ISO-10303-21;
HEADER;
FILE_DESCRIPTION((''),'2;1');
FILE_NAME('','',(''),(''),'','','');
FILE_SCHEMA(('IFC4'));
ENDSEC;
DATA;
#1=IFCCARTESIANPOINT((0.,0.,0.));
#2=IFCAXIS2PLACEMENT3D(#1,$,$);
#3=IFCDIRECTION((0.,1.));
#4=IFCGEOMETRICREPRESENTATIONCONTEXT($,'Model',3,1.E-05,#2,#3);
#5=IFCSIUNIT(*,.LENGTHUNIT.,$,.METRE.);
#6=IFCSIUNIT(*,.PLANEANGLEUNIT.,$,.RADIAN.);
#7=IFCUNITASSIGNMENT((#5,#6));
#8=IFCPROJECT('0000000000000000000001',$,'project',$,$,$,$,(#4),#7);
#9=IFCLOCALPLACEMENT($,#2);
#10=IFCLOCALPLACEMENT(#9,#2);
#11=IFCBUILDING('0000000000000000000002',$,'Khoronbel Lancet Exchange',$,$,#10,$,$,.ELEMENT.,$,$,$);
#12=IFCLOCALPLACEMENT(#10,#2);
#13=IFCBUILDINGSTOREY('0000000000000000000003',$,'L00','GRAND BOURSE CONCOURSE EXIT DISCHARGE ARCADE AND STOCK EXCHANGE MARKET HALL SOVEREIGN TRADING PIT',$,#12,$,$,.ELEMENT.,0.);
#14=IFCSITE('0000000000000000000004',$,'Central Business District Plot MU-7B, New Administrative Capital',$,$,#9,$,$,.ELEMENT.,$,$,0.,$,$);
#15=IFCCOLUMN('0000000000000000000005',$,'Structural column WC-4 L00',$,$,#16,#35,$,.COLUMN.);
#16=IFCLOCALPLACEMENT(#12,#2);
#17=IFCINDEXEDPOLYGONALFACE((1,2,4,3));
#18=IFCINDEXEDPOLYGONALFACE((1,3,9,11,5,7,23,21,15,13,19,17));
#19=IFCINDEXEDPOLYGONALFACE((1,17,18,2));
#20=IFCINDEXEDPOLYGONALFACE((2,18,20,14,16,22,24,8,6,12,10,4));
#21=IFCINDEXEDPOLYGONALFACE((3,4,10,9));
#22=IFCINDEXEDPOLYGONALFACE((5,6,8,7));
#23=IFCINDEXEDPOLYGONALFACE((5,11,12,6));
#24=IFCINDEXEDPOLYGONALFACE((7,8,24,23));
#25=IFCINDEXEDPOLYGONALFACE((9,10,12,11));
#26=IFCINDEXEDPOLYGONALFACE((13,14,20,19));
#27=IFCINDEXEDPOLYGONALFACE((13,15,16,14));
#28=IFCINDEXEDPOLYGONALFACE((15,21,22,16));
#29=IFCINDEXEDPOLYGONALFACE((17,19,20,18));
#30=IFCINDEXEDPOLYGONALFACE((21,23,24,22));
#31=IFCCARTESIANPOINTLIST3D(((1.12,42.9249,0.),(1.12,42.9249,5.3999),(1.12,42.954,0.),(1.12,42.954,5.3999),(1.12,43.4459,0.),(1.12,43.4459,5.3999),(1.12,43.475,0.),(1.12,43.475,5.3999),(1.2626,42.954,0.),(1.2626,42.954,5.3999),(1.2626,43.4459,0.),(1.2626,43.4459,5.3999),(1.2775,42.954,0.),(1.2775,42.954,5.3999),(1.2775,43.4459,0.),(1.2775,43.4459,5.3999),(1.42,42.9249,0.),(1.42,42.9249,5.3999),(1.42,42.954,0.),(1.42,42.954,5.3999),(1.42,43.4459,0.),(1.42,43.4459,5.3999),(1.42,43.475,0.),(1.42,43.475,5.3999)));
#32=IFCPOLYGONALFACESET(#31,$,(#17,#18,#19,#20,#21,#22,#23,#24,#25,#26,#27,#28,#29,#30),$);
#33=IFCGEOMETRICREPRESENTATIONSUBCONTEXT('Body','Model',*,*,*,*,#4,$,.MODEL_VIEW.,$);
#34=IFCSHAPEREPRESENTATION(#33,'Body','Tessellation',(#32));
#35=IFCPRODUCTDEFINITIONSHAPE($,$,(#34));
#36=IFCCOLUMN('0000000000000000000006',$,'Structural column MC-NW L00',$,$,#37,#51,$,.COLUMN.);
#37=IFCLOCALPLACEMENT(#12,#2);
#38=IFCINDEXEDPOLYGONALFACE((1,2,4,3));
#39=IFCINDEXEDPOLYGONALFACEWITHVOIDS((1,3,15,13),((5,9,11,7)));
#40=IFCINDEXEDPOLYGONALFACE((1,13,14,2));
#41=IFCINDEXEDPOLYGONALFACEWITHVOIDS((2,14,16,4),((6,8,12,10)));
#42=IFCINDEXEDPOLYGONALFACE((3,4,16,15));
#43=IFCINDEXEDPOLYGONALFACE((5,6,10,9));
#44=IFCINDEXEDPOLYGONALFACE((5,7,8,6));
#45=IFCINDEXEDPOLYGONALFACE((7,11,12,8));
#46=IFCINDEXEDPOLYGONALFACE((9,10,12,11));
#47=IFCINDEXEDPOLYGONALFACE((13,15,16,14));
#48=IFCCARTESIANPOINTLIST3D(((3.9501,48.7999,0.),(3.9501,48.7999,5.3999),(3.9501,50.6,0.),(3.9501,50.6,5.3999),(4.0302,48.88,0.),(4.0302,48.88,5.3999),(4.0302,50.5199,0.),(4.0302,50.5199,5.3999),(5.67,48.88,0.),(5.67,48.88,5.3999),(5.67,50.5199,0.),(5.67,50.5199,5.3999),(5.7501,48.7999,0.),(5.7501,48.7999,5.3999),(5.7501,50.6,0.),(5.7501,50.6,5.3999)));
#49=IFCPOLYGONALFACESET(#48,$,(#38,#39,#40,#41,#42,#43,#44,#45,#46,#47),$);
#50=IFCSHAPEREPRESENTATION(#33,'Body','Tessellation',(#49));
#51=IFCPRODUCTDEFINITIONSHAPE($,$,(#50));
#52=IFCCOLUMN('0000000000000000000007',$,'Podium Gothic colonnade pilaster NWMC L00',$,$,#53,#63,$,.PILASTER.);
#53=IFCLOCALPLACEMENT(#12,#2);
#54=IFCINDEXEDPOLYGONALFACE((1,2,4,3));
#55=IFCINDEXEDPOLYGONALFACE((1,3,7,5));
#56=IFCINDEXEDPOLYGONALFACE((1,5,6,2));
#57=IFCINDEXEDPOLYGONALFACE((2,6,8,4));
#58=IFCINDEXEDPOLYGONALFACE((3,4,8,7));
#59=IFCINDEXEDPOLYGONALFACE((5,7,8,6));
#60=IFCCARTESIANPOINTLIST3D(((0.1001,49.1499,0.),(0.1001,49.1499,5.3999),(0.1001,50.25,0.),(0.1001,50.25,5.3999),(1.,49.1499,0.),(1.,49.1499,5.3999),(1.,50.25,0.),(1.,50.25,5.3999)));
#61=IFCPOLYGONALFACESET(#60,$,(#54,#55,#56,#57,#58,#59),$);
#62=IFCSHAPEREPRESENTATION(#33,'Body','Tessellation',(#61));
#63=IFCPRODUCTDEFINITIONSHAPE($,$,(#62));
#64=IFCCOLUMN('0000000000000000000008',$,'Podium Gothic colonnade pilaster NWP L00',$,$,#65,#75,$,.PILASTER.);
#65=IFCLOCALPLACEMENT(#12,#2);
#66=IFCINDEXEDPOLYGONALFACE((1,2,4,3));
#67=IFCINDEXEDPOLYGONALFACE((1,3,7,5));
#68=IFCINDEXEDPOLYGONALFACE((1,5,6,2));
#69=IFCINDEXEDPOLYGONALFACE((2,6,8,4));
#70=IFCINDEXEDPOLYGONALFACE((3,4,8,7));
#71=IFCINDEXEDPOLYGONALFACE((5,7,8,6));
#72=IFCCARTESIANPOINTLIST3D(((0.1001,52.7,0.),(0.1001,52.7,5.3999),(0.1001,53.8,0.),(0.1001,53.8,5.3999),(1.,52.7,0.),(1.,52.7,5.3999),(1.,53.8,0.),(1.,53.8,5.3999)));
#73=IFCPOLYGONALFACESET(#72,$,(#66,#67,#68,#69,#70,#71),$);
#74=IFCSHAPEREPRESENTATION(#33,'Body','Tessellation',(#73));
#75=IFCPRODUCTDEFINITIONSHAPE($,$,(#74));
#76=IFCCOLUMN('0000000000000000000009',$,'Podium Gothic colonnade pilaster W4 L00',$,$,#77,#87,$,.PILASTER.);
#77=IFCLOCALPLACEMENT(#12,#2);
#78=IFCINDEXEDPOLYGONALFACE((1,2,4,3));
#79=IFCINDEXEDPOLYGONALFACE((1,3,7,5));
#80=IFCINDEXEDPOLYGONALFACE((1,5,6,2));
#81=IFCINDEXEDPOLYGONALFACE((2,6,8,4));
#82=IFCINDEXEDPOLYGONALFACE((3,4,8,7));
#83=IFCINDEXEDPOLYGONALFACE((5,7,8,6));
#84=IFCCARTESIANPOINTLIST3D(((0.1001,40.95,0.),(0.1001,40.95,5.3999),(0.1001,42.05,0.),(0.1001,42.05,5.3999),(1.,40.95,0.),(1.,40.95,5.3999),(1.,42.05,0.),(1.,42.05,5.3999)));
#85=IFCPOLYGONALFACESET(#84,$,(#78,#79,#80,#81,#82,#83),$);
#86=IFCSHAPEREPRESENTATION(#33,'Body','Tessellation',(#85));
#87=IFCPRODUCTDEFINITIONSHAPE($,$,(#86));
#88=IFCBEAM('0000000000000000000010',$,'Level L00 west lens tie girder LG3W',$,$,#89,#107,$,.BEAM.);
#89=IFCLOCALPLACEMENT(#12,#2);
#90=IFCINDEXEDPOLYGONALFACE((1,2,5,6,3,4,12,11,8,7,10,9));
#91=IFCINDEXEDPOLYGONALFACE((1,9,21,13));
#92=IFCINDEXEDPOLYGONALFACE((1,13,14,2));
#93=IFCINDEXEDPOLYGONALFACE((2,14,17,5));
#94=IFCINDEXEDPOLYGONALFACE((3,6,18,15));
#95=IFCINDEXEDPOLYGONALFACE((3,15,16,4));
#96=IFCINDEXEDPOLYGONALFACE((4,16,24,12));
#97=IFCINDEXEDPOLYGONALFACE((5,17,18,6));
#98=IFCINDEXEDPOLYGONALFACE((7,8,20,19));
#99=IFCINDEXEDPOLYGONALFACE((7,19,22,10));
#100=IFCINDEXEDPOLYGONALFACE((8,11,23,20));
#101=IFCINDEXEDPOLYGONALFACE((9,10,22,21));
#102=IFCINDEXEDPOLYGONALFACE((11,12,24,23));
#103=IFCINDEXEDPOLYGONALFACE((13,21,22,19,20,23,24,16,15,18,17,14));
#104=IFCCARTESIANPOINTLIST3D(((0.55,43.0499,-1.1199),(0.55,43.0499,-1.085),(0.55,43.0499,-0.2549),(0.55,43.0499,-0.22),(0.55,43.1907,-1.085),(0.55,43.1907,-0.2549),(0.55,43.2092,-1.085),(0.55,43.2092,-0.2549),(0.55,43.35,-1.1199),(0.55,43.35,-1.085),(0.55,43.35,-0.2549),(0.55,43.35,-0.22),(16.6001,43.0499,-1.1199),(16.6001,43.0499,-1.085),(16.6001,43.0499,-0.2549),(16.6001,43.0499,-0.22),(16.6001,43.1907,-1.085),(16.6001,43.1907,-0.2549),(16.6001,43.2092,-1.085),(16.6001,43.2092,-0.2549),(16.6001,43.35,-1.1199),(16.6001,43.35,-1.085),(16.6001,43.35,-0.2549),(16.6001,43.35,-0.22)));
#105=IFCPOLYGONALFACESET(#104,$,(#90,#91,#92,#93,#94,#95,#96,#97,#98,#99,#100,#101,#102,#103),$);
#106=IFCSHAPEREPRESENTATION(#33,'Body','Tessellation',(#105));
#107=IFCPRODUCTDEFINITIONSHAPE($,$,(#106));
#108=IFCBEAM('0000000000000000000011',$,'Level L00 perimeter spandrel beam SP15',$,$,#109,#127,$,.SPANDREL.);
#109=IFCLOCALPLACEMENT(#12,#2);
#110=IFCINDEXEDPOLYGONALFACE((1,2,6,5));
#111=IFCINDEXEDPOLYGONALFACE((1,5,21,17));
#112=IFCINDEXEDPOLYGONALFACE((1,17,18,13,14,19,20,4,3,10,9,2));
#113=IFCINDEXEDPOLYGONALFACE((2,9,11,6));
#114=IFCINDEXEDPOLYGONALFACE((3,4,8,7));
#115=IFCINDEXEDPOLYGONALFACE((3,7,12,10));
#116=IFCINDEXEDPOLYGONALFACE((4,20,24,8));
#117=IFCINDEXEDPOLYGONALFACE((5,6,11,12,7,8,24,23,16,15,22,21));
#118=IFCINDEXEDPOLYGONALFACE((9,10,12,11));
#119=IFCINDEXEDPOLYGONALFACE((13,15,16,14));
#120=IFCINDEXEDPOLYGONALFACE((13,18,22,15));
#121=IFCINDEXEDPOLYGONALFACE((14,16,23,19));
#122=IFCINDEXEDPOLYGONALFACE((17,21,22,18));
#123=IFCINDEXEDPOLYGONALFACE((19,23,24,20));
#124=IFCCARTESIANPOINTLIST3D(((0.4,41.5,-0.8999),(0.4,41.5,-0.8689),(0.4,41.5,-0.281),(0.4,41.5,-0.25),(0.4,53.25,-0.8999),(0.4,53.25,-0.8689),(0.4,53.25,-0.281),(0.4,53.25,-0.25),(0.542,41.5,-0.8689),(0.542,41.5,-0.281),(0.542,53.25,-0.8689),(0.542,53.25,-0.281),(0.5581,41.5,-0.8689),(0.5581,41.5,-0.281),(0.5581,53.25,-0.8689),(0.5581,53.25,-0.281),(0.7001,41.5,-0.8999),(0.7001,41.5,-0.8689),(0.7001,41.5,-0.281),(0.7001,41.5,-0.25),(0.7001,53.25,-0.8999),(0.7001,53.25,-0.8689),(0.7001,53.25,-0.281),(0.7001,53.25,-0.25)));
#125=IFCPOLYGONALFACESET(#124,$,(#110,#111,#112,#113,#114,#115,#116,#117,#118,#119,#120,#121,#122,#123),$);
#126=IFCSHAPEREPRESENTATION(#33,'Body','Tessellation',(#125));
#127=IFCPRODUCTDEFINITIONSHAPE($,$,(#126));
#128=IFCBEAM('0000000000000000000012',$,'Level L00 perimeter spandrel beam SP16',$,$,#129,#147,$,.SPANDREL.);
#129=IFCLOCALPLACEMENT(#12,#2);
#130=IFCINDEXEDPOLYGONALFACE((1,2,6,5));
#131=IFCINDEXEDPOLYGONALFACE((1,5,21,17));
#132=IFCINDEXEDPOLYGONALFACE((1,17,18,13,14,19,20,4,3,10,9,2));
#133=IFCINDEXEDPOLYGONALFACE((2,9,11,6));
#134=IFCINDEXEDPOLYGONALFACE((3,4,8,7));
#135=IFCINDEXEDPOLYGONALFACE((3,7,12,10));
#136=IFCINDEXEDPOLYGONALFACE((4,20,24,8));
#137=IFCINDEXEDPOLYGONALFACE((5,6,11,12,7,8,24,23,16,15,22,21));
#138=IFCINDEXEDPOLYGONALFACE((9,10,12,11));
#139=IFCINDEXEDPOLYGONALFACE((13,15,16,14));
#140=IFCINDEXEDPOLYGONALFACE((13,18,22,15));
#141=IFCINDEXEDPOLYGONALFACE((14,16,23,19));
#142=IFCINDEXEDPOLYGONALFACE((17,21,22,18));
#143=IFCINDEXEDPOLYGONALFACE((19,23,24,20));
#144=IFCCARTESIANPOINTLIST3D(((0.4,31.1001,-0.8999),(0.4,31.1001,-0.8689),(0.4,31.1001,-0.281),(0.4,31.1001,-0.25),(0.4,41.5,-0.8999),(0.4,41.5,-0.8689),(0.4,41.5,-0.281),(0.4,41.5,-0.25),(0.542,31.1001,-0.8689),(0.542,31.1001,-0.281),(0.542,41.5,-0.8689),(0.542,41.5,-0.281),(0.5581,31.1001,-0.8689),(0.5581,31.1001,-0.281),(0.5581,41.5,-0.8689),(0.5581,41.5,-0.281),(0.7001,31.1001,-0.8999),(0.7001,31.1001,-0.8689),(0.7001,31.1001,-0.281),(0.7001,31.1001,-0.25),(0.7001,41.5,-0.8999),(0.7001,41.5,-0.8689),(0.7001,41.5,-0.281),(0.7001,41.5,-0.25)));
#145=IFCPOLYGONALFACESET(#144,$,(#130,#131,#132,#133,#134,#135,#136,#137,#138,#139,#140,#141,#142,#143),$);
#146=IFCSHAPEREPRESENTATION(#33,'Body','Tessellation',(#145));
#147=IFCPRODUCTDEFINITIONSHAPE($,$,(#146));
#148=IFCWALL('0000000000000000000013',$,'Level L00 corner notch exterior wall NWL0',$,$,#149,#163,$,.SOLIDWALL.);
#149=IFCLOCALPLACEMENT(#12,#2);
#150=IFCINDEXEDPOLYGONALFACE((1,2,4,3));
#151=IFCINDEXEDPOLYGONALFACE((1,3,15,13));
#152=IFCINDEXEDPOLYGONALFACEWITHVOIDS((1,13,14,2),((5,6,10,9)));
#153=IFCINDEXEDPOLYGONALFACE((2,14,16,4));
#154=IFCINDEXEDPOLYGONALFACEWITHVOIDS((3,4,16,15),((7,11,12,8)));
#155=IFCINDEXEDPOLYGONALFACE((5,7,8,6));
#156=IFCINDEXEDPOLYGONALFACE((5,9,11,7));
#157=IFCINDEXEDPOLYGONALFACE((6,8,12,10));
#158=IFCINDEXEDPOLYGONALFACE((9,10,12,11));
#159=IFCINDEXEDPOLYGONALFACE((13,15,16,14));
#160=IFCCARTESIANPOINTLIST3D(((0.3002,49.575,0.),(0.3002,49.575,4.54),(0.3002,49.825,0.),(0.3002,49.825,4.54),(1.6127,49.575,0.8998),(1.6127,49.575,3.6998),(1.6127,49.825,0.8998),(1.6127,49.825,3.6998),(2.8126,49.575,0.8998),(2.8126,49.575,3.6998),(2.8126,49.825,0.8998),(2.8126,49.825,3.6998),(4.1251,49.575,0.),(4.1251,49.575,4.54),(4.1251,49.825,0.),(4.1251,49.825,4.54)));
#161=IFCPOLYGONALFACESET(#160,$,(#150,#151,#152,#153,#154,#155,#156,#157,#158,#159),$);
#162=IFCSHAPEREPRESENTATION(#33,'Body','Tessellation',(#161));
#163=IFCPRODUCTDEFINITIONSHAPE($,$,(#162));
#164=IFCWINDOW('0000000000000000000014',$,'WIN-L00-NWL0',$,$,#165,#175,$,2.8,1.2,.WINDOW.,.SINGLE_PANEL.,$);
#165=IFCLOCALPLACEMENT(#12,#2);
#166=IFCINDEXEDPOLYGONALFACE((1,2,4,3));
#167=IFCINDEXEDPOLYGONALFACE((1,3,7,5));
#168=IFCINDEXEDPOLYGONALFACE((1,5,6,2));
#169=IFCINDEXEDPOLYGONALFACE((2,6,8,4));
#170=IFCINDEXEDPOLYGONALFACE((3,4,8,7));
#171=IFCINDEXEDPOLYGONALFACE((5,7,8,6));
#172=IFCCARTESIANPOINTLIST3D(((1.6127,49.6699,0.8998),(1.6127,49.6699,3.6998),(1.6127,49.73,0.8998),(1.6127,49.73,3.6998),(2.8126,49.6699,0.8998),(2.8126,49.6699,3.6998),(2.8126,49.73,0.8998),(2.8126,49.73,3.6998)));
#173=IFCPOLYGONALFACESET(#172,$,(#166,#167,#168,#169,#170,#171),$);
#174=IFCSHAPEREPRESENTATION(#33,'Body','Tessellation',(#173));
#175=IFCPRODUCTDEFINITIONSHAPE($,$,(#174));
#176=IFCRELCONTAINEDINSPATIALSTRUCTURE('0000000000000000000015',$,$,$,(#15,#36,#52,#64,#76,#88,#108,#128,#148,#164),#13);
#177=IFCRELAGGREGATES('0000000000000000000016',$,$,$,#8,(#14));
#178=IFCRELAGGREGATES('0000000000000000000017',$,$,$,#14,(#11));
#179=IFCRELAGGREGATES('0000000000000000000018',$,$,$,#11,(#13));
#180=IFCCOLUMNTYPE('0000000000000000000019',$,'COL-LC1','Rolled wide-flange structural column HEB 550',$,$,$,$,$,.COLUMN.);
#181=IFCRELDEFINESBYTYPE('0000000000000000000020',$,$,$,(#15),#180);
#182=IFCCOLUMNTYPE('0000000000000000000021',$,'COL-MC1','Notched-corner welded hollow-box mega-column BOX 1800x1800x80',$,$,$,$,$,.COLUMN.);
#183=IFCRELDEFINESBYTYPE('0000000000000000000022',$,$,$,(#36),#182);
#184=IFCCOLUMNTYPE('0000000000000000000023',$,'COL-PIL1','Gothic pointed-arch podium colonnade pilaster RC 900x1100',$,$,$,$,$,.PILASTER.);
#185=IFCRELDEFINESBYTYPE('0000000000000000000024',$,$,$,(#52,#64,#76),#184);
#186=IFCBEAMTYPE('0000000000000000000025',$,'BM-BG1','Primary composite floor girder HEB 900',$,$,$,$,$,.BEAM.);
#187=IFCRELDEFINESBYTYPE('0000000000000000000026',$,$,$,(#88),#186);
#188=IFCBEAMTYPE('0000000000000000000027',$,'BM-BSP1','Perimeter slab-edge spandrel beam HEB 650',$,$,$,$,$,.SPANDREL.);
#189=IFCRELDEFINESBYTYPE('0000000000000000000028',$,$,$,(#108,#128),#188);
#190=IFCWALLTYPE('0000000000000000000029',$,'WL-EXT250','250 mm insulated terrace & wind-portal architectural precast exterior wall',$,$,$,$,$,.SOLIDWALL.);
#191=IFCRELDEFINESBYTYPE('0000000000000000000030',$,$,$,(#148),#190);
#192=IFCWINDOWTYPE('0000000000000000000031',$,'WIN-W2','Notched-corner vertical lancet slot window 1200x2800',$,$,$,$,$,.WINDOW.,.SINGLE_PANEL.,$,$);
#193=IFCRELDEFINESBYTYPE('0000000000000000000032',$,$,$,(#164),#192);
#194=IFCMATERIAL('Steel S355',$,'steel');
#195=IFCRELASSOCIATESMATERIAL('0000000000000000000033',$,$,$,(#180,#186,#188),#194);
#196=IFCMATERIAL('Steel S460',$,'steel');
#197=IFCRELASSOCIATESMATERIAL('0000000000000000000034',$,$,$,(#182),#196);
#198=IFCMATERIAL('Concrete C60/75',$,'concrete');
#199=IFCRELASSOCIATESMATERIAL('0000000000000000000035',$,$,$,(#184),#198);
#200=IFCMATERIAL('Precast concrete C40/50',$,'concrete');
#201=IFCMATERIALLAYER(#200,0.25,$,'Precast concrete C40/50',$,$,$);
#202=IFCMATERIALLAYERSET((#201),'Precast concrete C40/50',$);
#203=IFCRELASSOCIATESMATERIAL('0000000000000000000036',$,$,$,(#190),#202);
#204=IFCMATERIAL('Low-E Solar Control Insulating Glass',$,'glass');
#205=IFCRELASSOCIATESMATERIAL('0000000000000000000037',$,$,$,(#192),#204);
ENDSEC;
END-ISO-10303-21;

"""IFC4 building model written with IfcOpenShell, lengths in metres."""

from ifc_helpers import new_model, si_unit, direction, frame, frame_2d, origin, origin_2d, place, context, subcontext, project, spatial, rectangle, hollow_rectangle, i_section, extrude, material, layer, layer_set, material_profile, profile_set, type_object, element, fill, save


model = new_model("IFC4")

# Units and contexts
model_context = context("Model", 3, precision=1e-05, world=origin(), true_north=direction((0.0, 1.0)))
body_context = subcontext(model_context, "Body", "Model", "MODEL_VIEW")
ifc_project = project(units=[si_unit("LENGTHUNIT", "METRE"), si_unit("PLANEANGLEUNIT", "RADIAN")], contexts=[model_context])

# Site, building, storey
site_placement = place(None, origin())
site = spatial("IfcSite", under=ifc_project, at=site_placement, Name="Central Business District Plot MU-7B, New Administrative Capital", CompositionType="ELEMENT", RefElevation=0.0)
building_placement = place(site_placement, origin())
building = spatial("IfcBuilding", under=site, at=building_placement, Name="Khoronbel Lancet Exchange", CompositionType="ELEMENT")
storey_placement = place(building_placement, origin())
storey = spatial("IfcBuildingStorey", under=building, at=storey_placement, Name="L00", Description="GRAND BOURSE CONCOURSE EXIT DISCHARGE ARCADE AND STOCK EXCHANGE MARKET HALL SOVEREIGN TRADING PIT", CompositionType="ELEMENT", Elevation=0.0)

# Columns
ifc_material_1 = material(Name="Steel S355", Category="steel")
ifc_material_profile_1 = material_profile(ifc_material_1, i_section(OverallWidth=0.3, OverallDepth=0.55, WebThickness=0.0149, FlangeThickness=0.0291, at=origin_2d()), Name="HEB 550")
ifc_profile_set_1 = profile_set([ifc_material_profile_1], Name="Steel S355")
column_type_1 = type_object("IfcColumnType", Name="COL-LC1", Description="Rolled wide-flange structural column HEB 550", PredefinedType="COLUMN", material=ifc_profile_set_1)
column_1_placement = place(storey_placement, frame((1.27, 43.2, 0.0), z_axis=(0.0, 0.0, 1.0), x_axis=(1.0, 0.0, 0.0)))
element("IfcColumn", 1, at=column_1_placement, inside=storey, type_object=column_type_1, Name="Structural column WC-4 L00", PredefinedType="COLUMN", context=body_context, shape_type="SweptSolid", body=[
    extrude(i_section(OverallWidth=0.3, OverallDepth=0.55, WebThickness=0.0149, FlangeThickness=0.0291, at=origin_2d()), origin(), (0.0, 0.0, 1.0), 5.3999),
])
ifc_material_2 = material(Name="Steel S460", Category="steel")
ifc_material_profile_2 = material_profile(ifc_material_2, hollow_rectangle(XDim=1.8, YDim=1.8, WallThickness=0.0801, at=origin_2d()), Name="BOX 1800x1800x80")
ifc_profile_set_2 = profile_set([ifc_material_profile_2], Name="Steel S460")
column_type_2 = type_object("IfcColumnType", Name="COL-MC1", Description="Notched-corner welded hollow-box mega-column BOX 1800x1800x80", PredefinedType="COLUMN", material=ifc_profile_set_2)
column_2_placement = place(storey_placement, frame((4.8501, 49.7, 0.0), z_axis=(0.0, 0.0, 1.0), x_axis=(1.0, 0.0, 0.0)))
element("IfcColumn", 2, at=column_2_placement, inside=storey, type_object=column_type_2, Name="Structural column MC-NW L00", PredefinedType="COLUMN", context=body_context, shape_type="SweptSolid", body=[
    extrude(hollow_rectangle(XDim=1.8, YDim=1.8, WallThickness=0.0801, at=origin_2d()), origin(), (0.0, 0.0, 1.0), 5.3999),
])
ifc_material_3 = material(Name="Concrete C60/75", Category="concrete")
ifc_material_profile_3 = material_profile(ifc_material_3, rectangle(XDim=0.8999, YDim=1.1001, at=origin_2d()), Name="RC 900x1100")
ifc_profile_set_3 = profile_set([ifc_material_profile_3], Name="Concrete C60/75")
column_type_3 = type_object("IfcColumnType", Name="COL-PIL1", Description="Gothic pointed-arch podium colonnade pilaster RC 900x1100", PredefinedType="PILASTER", material=ifc_profile_set_3)
for number, where, z_axis, x_axis, name in (
    (3, (0.55, 49.7, 0.0), (0.0, 0.0, 1.0), (1.0, 0.0, 0.0), "Podium Gothic colonnade pilaster NWMC L00"),
    (4, (0.55, 53.25, 0.0), (0.0, 0.0, 1.0), (1.0, 0.0, 0.0), "Podium Gothic colonnade pilaster NWP L00"),
    (5, (0.55, 41.5, 0.0), (0.0, 0.0, 1.0), (1.0, 0.0, 0.0), "Podium Gothic colonnade pilaster W4 L00"),
):
    element("IfcColumn", number, at=place(storey_placement, frame(where, z_axis=z_axis, x_axis=x_axis)), inside=storey, type_object=column_type_3, Name=name, PredefinedType="PILASTER", context=body_context, shape_type="SweptSolid", body=[
        extrude(rectangle(XDim=0.8999, YDim=1.1001, at=origin_2d()), origin(), (0.0, 0.0, 1.0), 5.3999),
    ])

# Beams
ifc_material_profile_4 = material_profile(ifc_material_1, i_section(OverallWidth=0.3, OverallDepth=0.8999, WebThickness=0.0186, FlangeThickness=0.0349, at=origin_2d()), Name="HEB 900")
ifc_profile_set_4 = profile_set([ifc_material_profile_4], Name="Steel S355")
beam_type_1 = type_object("IfcBeamType", Name="BM-BG1", Description="Primary composite floor girder HEB 900", PredefinedType="BEAM", material=ifc_profile_set_4)
beam_1_placement = place(storey_placement, frame((0.55, 43.2, -0.6699), z_axis=(1.0, 0.0, 0.0), x_axis=(0.0, 1.0, 0.0)))
element("IfcBeam", 6, at=beam_1_placement, inside=storey, type_object=beam_type_1, Name="Level L00 west lens tie girder LG3W", PredefinedType="BEAM", context=body_context, shape_type="SweptSolid", body=[
    extrude(i_section(OverallWidth=0.3, OverallDepth=0.8999, WebThickness=0.0186, FlangeThickness=0.0349, at=origin_2d()), origin(), (0.0, 0.0, 1.0), 16.05),
])
ifc_material_profile_5 = material_profile(ifc_material_1, i_section(OverallWidth=0.3, OverallDepth=0.6499, WebThickness=0.0161, FlangeThickness=0.031, at=origin_2d()), Name="HEB 650")
ifc_profile_set_5 = profile_set([ifc_material_profile_5], Name="Steel S355")
beam_type_2 = type_object("IfcBeamType", Name="BM-BSP1", Description="Perimeter slab-edge spandrel beam HEB 650", PredefinedType="SPANDREL", material=ifc_profile_set_5)
beam_2_placement = place(storey_placement, frame((0.55, 53.25, -0.575), z_axis=(0.0, -1.0, 0.0), x_axis=(1.0, 0.0, 0.0)))
element("IfcBeam", 7, at=beam_2_placement, inside=storey, type_object=beam_type_2, Name="Level L00 perimeter spandrel beam SP15", PredefinedType="SPANDREL", context=body_context, shape_type="SweptSolid", body=[
    extrude(i_section(OverallWidth=0.3, OverallDepth=0.6499, WebThickness=0.0161, FlangeThickness=0.031, at=origin_2d()), origin(), (0.0, 0.0, 1.0), 11.75),
])
beam_3_placement = place(storey_placement, frame((0.55, 41.5, -0.575), z_axis=(0.0, -1.0, 0.0), x_axis=(1.0, 0.0, 0.0)))
element("IfcBeam", 8, at=beam_3_placement, inside=storey, type_object=beam_type_2, Name="Level L00 perimeter spandrel beam SP16", PredefinedType="SPANDREL", context=body_context, shape_type="SweptSolid", body=[
    extrude(i_section(OverallWidth=0.3, OverallDepth=0.6499, WebThickness=0.0161, FlangeThickness=0.031, at=origin_2d()), origin(), (0.0, 0.0, 1.0), 10.3999),
])

# Wall, opening, window
ifc_material_4 = material(Name="Precast concrete C40/50", Category="concrete")
ifc_layer_1 = layer(ifc_material_4, 0.25, Name="Precast concrete C40/50")
ifc_layer_set_1 = layer_set([ifc_layer_1], Name="Precast concrete C40/50")
wall_type_1 = type_object("IfcWallType", Name="WL-EXT250", Description="250 mm insulated terrace & wind-portal architectural precast exterior wall", PredefinedType="SOLIDWALL", material=ifc_layer_set_1)
wall_1_placement = place(storey_placement, frame((0.3, 49.7, 0.0), z_axis=(0.0, 0.0, 1.0), x_axis=(1.0, 0.0, 0.0)))
wall_1 = element("IfcWall", 9, at=wall_1_placement, inside=storey, type_object=wall_type_1, Name="Level L00 corner notch exterior wall NWL0", PredefinedType="SOLIDWALL", context=body_context, shape_type="SweptSolid", body=[
    extrude(rectangle(XDim=3.825, YDim=0.25, at=frame_2d((1.9126, 0.0))), origin(), (0.0, 0.0, 1.0), 4.54),
])
opening_1_placement = place(wall_1_placement, frame((1.3125, 0.0, 0.8999)))
opening_1 = element("IfcOpeningElement", 10, at=opening_1_placement, cuts=wall_1, PredefinedType="OPENING", context=body_context, shape_type="SweptSolid", body=[
    extrude(rectangle(XDim=1.2, YDim=2.8, at=frame_2d((0.6001, 1.3999))), frame((0.0, 0.135, 0.0), z_axis=(0.0, -1.0, 0.0), x_axis=(1.0, 0.0, 0.0)), (0.0, 0.0, 1.0), 0.27),
])
ifc_material_5 = material(Name="Low-E Solar Control Insulating Glass", Category="glass")
window_type_1 = type_object("IfcWindowType", Name="WIN-W2", Description="Notched-corner vertical lancet slot window 1200x2800", PartitioningType="SINGLE_PANEL", PredefinedType="WINDOW", material=ifc_material_5)
window_1_placement = place(opening_1_placement, origin())
window_1 = element("IfcWindow", 11, at=window_1_placement, inside=storey, type_object=window_type_1, Name="WIN-L00-NWL0", OverallHeight=2.8, OverallWidth=1.2, PartitioningType="SINGLE_PANEL", PredefinedType="WINDOW", context=body_context, shape_type="SweptSolid", body=[
    extrude(rectangle(XDim=1.2, YDim=2.8, at=frame_2d((0.6001, 1.3999))), frame((0.0, 0.03, 0.0), z_axis=(0.0, -1.0, 0.0), x_axis=(1.0, 0.0, 0.0)), (0.0, 0.0, 1.0), 0.0601),
])
fill(opening_1, window_1)

save(model, "model.ifc")
